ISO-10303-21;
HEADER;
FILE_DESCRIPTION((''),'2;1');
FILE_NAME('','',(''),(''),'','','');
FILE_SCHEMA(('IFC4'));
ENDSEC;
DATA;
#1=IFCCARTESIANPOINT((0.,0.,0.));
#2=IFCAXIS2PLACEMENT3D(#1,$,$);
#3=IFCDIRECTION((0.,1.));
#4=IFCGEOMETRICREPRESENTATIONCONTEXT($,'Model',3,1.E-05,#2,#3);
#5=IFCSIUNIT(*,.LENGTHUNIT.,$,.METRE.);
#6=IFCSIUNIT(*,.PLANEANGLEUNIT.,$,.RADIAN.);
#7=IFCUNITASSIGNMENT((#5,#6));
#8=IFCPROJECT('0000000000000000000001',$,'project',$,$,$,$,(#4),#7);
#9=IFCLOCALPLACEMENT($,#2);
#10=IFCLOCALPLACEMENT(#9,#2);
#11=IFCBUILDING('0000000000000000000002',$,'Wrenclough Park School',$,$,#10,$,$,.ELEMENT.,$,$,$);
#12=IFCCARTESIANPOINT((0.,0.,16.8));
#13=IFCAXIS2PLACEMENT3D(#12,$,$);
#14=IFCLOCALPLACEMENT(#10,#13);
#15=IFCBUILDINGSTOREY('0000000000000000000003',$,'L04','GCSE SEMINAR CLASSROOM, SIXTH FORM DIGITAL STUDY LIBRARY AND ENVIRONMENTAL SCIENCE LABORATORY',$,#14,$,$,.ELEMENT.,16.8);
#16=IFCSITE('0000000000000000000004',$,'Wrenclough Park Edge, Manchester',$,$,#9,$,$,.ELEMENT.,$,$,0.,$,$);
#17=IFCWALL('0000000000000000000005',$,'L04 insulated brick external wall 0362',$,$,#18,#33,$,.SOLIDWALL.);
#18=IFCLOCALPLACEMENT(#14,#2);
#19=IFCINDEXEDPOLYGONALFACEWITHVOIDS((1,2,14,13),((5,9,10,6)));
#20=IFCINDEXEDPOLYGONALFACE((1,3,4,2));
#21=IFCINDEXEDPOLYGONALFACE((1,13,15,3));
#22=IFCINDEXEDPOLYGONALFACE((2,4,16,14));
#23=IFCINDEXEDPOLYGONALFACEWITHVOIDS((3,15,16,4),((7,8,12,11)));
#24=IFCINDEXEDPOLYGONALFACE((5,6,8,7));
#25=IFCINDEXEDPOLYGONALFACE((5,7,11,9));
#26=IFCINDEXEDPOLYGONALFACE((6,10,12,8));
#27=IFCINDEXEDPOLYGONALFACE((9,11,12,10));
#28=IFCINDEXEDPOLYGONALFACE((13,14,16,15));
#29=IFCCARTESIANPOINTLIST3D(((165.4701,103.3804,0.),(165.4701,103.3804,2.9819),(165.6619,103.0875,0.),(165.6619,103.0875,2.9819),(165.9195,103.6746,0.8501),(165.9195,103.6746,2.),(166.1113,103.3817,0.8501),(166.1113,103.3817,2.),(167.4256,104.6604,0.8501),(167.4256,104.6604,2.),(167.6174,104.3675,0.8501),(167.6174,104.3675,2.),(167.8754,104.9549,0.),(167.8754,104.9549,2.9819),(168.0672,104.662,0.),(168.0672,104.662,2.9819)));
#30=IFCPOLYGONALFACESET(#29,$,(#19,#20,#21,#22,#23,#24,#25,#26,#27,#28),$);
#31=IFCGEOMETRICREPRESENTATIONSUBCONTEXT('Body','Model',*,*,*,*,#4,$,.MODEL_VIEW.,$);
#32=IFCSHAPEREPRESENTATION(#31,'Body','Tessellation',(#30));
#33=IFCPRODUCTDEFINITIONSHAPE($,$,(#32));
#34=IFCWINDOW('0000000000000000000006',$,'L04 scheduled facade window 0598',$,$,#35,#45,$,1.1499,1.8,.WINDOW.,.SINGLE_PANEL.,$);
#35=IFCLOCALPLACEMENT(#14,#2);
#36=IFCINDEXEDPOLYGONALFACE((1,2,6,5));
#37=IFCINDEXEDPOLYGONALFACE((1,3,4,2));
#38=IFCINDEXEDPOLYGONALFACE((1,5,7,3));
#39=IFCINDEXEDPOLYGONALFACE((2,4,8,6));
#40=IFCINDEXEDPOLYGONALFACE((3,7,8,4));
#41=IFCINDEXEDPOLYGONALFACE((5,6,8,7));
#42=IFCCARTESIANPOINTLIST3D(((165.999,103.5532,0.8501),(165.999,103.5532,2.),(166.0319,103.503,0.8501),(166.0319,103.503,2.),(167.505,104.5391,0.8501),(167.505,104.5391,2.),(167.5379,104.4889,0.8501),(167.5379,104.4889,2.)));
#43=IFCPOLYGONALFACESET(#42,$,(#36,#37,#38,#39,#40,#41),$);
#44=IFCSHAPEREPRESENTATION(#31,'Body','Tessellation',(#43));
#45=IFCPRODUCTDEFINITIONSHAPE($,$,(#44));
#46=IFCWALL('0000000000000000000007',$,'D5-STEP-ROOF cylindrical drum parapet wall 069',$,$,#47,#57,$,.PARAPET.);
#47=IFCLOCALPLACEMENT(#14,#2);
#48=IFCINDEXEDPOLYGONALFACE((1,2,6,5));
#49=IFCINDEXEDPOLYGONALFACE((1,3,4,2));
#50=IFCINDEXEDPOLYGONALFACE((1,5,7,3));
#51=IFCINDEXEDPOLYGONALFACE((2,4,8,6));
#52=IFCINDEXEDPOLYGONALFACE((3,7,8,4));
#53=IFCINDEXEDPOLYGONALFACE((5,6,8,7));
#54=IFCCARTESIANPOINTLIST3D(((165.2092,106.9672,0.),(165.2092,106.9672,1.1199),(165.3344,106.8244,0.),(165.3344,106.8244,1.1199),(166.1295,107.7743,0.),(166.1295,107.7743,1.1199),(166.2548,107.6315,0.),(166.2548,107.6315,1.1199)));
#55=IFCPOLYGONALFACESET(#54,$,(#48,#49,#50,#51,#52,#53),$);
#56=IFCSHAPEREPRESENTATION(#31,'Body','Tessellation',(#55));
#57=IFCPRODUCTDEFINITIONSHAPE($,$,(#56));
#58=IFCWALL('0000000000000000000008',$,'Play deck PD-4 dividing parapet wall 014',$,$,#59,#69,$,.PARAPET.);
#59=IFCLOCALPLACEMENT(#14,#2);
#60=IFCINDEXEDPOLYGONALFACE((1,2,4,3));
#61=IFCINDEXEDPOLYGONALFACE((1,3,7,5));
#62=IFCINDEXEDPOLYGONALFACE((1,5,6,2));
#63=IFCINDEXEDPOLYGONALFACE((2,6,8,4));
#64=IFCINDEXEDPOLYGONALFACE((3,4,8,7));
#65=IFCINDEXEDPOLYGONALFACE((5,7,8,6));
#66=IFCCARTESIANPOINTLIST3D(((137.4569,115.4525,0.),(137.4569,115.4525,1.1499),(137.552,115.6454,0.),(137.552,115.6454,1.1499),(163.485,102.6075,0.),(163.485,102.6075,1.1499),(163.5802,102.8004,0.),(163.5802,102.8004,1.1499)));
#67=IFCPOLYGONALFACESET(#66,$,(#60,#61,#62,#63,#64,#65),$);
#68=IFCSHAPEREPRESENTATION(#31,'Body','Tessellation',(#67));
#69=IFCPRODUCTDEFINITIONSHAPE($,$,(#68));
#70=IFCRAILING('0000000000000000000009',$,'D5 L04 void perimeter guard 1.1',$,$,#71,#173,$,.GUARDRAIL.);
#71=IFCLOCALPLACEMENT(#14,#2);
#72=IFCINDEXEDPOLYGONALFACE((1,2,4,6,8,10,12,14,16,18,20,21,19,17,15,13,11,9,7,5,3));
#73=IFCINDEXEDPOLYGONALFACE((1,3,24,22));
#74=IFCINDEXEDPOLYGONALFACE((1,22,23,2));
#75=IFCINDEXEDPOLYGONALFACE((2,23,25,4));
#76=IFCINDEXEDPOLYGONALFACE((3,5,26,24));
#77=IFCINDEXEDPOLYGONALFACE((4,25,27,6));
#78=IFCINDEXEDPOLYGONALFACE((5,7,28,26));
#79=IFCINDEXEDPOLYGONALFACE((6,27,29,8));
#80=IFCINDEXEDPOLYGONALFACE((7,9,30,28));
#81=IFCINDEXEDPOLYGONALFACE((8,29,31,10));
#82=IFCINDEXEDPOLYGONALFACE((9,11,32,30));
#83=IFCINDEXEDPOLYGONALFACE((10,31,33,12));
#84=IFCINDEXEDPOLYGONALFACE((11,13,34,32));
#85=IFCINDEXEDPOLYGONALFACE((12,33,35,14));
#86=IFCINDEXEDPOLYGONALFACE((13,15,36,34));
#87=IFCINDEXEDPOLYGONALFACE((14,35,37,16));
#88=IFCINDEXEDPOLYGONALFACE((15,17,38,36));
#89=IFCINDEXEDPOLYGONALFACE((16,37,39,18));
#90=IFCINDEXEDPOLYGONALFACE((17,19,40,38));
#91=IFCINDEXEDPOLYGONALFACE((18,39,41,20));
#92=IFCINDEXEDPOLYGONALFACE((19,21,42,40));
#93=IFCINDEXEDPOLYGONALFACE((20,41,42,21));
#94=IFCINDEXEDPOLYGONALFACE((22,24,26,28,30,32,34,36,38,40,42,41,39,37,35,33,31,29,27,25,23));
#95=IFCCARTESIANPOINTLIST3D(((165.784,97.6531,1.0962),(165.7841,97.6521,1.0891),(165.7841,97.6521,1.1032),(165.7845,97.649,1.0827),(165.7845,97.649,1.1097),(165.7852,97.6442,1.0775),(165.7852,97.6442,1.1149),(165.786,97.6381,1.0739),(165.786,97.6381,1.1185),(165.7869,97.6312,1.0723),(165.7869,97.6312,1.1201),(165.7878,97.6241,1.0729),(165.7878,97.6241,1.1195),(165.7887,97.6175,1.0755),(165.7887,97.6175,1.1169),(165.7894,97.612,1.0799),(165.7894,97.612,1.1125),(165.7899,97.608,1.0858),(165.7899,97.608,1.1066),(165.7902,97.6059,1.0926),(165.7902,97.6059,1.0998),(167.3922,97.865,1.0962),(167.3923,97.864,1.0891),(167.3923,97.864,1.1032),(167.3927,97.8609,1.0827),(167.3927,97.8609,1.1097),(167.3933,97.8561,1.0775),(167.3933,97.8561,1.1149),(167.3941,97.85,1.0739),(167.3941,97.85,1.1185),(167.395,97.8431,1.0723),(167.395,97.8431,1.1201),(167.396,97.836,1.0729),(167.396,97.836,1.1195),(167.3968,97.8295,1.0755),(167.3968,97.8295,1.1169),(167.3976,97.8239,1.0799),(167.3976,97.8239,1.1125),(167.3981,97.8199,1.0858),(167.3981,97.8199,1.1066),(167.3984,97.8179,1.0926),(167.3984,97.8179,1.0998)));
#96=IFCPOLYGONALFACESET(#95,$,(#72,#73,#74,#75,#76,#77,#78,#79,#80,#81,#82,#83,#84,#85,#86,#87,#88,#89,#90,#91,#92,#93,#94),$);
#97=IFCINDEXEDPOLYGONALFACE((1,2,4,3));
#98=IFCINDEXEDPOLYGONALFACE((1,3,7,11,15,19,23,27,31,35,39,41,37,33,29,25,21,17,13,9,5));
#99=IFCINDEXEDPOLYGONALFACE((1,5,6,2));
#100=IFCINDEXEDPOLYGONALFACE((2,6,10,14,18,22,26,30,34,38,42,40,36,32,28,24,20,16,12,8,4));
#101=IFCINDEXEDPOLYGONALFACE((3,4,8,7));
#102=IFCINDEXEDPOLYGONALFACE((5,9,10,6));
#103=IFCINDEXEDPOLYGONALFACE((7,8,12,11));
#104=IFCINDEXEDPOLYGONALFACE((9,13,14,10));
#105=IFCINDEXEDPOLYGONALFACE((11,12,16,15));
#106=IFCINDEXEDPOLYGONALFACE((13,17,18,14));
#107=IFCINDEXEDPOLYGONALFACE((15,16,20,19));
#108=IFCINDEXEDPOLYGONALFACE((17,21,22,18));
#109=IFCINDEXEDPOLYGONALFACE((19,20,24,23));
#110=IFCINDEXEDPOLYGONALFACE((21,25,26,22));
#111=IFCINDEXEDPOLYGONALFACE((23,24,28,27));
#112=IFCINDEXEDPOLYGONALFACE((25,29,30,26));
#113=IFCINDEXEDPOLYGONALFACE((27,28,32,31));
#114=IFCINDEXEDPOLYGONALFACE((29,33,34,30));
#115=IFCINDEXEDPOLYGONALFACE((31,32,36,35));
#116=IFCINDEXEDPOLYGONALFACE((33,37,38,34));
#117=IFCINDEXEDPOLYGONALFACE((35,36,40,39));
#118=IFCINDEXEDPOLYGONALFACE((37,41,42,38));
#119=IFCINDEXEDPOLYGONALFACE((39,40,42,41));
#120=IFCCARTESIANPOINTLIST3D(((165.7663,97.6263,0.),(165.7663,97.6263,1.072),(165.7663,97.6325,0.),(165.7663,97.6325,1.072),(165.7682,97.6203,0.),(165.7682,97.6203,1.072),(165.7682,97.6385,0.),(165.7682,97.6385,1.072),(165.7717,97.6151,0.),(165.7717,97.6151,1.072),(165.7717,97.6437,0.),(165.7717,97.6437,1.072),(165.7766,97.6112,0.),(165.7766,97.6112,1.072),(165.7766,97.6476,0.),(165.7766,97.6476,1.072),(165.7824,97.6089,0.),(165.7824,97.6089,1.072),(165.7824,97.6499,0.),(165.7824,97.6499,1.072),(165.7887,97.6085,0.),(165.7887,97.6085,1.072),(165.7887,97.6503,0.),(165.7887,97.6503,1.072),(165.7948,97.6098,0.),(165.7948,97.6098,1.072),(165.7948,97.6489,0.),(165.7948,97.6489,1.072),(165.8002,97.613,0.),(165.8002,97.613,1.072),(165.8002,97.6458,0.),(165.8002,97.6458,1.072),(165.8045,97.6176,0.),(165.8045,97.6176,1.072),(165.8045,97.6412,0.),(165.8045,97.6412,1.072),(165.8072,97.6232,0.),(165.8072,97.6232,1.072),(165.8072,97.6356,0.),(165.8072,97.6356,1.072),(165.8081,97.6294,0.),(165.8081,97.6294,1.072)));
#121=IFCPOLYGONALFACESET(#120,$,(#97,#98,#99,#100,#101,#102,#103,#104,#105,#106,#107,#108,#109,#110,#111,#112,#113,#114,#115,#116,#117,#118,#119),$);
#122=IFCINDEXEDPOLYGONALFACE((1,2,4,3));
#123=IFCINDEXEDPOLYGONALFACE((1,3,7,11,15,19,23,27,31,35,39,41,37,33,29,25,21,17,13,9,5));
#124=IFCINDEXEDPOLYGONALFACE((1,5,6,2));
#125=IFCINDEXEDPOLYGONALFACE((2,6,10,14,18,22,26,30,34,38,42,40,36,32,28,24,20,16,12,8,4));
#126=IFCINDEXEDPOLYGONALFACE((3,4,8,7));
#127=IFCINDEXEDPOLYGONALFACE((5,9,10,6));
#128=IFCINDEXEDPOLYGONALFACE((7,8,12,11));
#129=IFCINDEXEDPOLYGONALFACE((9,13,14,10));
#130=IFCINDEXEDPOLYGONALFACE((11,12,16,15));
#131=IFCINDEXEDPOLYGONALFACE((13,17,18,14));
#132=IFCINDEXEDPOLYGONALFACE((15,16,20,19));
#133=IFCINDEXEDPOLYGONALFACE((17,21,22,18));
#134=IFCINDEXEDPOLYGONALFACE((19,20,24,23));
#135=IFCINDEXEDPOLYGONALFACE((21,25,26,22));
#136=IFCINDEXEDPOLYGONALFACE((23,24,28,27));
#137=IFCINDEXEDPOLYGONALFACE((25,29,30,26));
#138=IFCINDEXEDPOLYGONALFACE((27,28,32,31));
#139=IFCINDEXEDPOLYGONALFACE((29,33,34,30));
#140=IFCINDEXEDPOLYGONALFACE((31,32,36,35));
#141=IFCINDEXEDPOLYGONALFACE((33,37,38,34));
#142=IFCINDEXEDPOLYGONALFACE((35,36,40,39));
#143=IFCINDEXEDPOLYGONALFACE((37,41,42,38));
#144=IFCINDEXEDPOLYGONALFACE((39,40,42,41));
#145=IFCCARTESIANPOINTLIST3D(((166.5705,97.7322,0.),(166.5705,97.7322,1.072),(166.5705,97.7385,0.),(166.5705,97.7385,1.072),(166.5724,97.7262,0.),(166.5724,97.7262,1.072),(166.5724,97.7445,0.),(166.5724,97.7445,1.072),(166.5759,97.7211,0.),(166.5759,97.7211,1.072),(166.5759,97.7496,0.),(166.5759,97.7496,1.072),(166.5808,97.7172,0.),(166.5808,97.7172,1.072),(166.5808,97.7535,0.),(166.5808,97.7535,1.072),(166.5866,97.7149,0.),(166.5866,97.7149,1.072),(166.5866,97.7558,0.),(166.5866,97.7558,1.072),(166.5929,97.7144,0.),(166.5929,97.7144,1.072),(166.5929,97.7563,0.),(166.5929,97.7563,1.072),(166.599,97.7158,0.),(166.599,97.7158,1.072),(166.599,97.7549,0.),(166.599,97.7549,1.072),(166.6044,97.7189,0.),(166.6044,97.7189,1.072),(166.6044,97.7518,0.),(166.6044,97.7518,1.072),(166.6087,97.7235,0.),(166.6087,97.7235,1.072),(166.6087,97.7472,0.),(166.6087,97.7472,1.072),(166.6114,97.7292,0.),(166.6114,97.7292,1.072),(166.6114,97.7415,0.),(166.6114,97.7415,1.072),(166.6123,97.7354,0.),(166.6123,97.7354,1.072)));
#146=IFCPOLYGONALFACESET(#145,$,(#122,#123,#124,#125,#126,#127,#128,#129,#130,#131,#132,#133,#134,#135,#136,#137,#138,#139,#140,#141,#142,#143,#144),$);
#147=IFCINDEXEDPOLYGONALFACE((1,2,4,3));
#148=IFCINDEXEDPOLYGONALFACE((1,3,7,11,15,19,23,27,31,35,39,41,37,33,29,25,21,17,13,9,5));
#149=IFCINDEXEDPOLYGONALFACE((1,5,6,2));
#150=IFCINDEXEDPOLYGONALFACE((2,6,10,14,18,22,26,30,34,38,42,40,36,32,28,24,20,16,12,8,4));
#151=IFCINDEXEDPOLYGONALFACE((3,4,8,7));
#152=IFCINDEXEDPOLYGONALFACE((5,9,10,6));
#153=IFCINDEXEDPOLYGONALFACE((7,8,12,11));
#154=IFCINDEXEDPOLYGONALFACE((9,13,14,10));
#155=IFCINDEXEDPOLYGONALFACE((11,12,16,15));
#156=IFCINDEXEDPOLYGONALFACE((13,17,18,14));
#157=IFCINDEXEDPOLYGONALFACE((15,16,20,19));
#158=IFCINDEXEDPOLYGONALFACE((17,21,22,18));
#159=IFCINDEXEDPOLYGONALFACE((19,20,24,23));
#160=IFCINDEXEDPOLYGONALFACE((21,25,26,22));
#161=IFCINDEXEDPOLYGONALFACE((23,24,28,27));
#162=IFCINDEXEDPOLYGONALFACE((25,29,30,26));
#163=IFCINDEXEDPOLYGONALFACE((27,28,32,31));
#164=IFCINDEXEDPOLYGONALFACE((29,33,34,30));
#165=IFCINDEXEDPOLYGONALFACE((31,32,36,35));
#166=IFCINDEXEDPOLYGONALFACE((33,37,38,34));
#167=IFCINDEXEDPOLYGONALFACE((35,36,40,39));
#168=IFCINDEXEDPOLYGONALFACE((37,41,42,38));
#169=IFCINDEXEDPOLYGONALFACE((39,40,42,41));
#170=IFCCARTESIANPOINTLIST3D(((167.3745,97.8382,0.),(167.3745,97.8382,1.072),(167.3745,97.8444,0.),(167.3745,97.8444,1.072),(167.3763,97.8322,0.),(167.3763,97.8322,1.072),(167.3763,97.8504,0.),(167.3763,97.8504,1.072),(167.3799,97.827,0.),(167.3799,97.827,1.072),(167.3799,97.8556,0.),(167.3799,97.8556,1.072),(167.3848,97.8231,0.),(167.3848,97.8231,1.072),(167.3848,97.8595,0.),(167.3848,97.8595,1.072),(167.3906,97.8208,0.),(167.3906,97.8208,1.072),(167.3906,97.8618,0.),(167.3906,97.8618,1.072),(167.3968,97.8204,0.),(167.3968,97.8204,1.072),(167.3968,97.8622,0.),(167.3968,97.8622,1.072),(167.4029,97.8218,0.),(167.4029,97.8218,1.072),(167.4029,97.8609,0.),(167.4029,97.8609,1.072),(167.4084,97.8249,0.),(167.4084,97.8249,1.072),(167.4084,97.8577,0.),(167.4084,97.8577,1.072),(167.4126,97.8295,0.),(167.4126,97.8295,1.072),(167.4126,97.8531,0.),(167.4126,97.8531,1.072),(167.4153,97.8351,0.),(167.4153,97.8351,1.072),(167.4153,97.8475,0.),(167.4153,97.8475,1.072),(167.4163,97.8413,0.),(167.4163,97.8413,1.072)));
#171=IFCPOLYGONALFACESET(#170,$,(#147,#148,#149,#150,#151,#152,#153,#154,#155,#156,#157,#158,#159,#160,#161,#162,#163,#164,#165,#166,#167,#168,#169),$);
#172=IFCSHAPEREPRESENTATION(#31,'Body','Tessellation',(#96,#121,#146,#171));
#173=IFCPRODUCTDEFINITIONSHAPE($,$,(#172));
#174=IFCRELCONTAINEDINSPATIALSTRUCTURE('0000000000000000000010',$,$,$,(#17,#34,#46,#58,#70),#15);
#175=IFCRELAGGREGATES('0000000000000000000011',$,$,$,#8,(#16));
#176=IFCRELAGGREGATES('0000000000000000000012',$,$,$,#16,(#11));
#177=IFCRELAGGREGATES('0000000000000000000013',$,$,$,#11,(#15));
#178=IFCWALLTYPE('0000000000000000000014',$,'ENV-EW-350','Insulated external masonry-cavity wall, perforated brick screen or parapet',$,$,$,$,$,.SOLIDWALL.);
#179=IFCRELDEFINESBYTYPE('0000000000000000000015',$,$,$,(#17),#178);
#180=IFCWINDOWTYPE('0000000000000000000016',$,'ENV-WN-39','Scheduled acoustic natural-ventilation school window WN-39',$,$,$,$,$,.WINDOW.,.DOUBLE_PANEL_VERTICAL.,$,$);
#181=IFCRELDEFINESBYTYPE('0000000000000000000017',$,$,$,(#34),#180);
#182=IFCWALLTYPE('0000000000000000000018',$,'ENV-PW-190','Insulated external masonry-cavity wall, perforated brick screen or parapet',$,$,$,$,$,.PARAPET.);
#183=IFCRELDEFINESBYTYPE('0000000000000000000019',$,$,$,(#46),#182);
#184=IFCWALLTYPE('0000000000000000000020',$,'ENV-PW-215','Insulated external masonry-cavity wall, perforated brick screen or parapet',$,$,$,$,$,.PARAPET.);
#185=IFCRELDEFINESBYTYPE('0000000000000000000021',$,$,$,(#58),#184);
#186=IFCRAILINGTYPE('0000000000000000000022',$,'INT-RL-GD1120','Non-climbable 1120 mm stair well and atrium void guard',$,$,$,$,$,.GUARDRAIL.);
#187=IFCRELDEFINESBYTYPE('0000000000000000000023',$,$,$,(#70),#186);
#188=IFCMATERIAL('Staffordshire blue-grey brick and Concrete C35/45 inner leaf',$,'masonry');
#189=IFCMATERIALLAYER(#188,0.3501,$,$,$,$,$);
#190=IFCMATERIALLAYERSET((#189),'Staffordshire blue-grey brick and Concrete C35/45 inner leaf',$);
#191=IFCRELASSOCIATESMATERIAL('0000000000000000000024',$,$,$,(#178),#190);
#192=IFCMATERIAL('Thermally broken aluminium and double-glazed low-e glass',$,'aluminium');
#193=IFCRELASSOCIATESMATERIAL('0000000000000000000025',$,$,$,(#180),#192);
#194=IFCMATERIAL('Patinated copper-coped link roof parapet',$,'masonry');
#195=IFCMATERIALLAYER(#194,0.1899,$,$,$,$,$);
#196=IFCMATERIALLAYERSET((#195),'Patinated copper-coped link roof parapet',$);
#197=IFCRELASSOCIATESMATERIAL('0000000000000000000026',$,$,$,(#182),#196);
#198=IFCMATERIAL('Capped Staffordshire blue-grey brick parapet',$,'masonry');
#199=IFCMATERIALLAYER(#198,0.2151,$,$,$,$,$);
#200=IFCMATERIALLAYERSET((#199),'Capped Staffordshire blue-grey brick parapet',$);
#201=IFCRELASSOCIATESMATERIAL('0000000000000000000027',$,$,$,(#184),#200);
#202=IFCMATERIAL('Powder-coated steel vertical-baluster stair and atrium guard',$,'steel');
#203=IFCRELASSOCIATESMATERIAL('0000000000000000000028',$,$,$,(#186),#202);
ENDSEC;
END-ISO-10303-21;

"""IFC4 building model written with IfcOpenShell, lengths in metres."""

from ifc_helpers import new_model, si_unit, direction, frame, frame_2d, origin, origin_2d, place, context, subcontext, project, spatial, rectangle, circle, extrude, material, layer, layer_set, type_object, element, fill, save


model = new_model("IFC4")

# Units and contexts
model_context = context("Model", 3, precision=1e-05, world=origin(), true_north=direction((0.0, 1.0)))
body_context = subcontext(model_context, "Body", "Model", "MODEL_VIEW")
ifc_project = project(units=[si_unit("LENGTHUNIT", "METRE"), si_unit("PLANEANGLEUNIT", "RADIAN")], contexts=[model_context])

# Site, building, storey
site_placement = place(None, origin())
site = spatial("IfcSite", under=ifc_project, at=site_placement, Name="Wrenclough Park Edge, Manchester", CompositionType="ELEMENT", RefElevation=0.0)
building_placement = place(site_placement, origin())
building = spatial("IfcBuilding", under=site, at=building_placement, Name="Wrenclough Park School", CompositionType="ELEMENT")
storey_placement = place(building_placement, frame((0.0, 0.0, 16.8)))
storey = spatial("IfcBuildingStorey", under=building, at=storey_placement, Name="L04", Description="GCSE SEMINAR CLASSROOM, SIXTH FORM DIGITAL STUDY LIBRARY AND ENVIRONMENTAL SCIENCE LABORATORY", CompositionType="ELEMENT", Elevation=16.8)

# Wall, opening, window
ifc_material_1 = material(Name="Thermally broken aluminium and double-glazed low-e glass", Category="aluminium")
ifc_material_2 = material(Name="Staffordshire blue-grey brick and Concrete C35/45 inner leaf", Category="masonry")
ifc_layer_1 = layer(ifc_material_2, 0.3501)
ifc_layer_set_1 = layer_set([ifc_layer_1], Name="Staffordshire blue-grey brick and Concrete C35/45 inner leaf")
wall_type_1 = type_object("IfcWallType", Name="ENV-EW-350", Description="Insulated external masonry-cavity wall, perforated brick screen or parapet", PredefinedType="SOLIDWALL", material=ifc_layer_set_1)
wall_1_placement = place(storey_placement, frame((165.5659, 103.2339, 0.0), z_axis=(0.0, 0.0, 1.0), x_axis=(0.836685, 0.547684, 0.0)))
wall_1 = element("IfcWall", 1, at=wall_1_placement, inside=storey, type_object=wall_type_1, Name="L04 insulated brick external wall 0362", PredefinedType="SOLIDWALL", context=body_context, shape_type="SweptSolid", body=[
    extrude(rectangle(XDim=2.8748, YDim=0.3501, at=frame_2d((1.4375, 0.0))), origin(), (0.0, 0.0, 1.0), 2.9819),
])
opening_1_placement = place(wall_1_placement, frame((0.5374, 0.0, 0.8501)))
opening_1 = element("IfcOpeningElement", 2, at=opening_1_placement, cuts=wall_1, PredefinedType="OPENING", context=body_context, shape_type="SweptSolid", body=[
    extrude(rectangle(XDim=1.8, YDim=1.1499, at=frame_2d((0.8999, 0.575))), frame((0.0, 0.1851, 0.0), z_axis=(0.0, -1.0, 0.0), x_axis=(1.0, 0.0, 0.0)), (0.0, 0.0, 1.0), 0.3701),
])
window_type_1 = type_object("IfcWindowType", Name="ENV-WN-39", Description="Scheduled acoustic natural-ventilation school window WN-39", PartitioningType="DOUBLE_PANEL_VERTICAL", PredefinedType="WINDOW", material=ifc_material_1)
window_1_placement = place(opening_1_placement, origin())
window_1 = element("IfcWindow", 3, at=window_1_placement, inside=storey, type_object=window_type_1, Name="L04 scheduled facade window 0598", OverallHeight=1.1499, OverallWidth=1.8, PartitioningType="SINGLE_PANEL", PredefinedType="WINDOW", context=body_context, shape_type="SweptSolid", body=[
    extrude(rectangle(XDim=1.8, YDim=1.1499, at=frame_2d((0.8999, 0.575))), frame((0.0, 0.03, 0.0), z_axis=(0.0, -1.0, 0.0), x_axis=(1.0, 0.0, 0.0)), (0.0, 0.0, 1.0), 0.0601),
])
fill(opening_1, window_1)

# Walls
ifc_material_3 = material(Name="Patinated copper-coped link roof parapet", Category="masonry")
ifc_layer_2 = layer(ifc_material_3, 0.1899)
ifc_layer_set_2 = layer_set([ifc_layer_2], Name="Patinated copper-coped link roof parapet")
wall_type_2 = type_object("IfcWallType", Name="ENV-PW-190", Description="Insulated external masonry-cavity wall, perforated brick screen or parapet", PredefinedType="PARAPET", material=ifc_layer_set_2)
wall_2_placement = place(storey_placement, frame((166.1921, 107.7029, 0.0), z_axis=(0.0, 0.0, 1.0), x_axis=(-0.75186, -0.659323, 0.0)))
element("IfcWall", 4, at=wall_2_placement, inside=storey, type_object=wall_type_2, Name="D5-STEP-ROOF cylindrical drum parapet wall 069", PredefinedType="PARAPET", context=body_context, shape_type="SweptSolid", body=[
    extrude(rectangle(XDim=1.2241, YDim=0.1899, at=frame_2d((0.6121, 0.0))), origin(), (0.0, 0.0, 1.0), 1.1199),
])
ifc_material_4 = material(Name="Capped Staffordshire blue-grey brick parapet", Category="masonry")
ifc_layer_3 = layer(ifc_material_4, 0.2151)
ifc_layer_set_3 = layer_set([ifc_layer_3], Name="Capped Staffordshire blue-grey brick parapet")
wall_type_3 = type_object("IfcWallType", Name="ENV-PW-215", Description="Insulated external masonry-cavity wall, perforated brick screen or parapet", PredefinedType="PARAPET", material=ifc_layer_set_3)
wall_3_placement = place(storey_placement, frame((163.5327, 102.7039, 0.0), z_axis=(0.0, 0.0, 1.0), x_axis=(-0.896745, 0.442548, 0.0)))
element("IfcWall", 5, at=wall_3_placement, inside=storey, type_object=wall_type_3, Name="Play deck PD-4 dividing parapet wall 014", PredefinedType="PARAPET", context=body_context, shape_type="SweptSolid", body=[
    extrude(rectangle(XDim=29.0251, YDim=0.2151, at=frame_2d((14.5127, 0.0))), origin(), (0.0, 0.0, 1.0), 1.1499),
])

# Railing
ifc_material_5 = material(Name="Powder-coated steel vertical-baluster stair and atrium guard", Category="steel")
railing_type_1 = type_object("IfcRailingType", Name="INT-RL-GD1120", Description="Non-climbable 1120 mm stair well and atrium void guard", PredefinedType="GUARDRAIL", material=ifc_material_5)
railing_1_placement = place(storey_placement, frame((165.7871, 97.6294, 0.0)))
element("IfcRailing", 6, at=railing_1_placement, inside=storey, type_object=railing_type_1, Name="D5 L04 void perimeter guard 1.1", PredefinedType="GUARDRAIL", context=body_context, shape_type="SweptSolid", body=[
    extrude(circle(Radius=0.0239, at=origin_2d()), frame((0.0, 0.0, 1.0962), z_axis=(0.991429, 0.130645, 0.0), x_axis=(-0.130645, 0.991429, 0.0)), (0.0, 0.0, 1.0), 1.6221),
    extrude(circle(Radius=0.021, at=origin_2d()), origin(), (0.0, 0.0, 1.0), 1.072),
    extrude(circle(Radius=0.021, at=origin_2d()), frame((0.8042, 0.106, 0.0)), (0.0, 0.0, 1.0), 1.072),
    extrude(circle(Radius=0.021, at=origin_2d()), frame((1.6082, 0.2119, 0.0)), (0.0, 0.0, 1.0), 1.072),
])

save(model, "model.ifc")
